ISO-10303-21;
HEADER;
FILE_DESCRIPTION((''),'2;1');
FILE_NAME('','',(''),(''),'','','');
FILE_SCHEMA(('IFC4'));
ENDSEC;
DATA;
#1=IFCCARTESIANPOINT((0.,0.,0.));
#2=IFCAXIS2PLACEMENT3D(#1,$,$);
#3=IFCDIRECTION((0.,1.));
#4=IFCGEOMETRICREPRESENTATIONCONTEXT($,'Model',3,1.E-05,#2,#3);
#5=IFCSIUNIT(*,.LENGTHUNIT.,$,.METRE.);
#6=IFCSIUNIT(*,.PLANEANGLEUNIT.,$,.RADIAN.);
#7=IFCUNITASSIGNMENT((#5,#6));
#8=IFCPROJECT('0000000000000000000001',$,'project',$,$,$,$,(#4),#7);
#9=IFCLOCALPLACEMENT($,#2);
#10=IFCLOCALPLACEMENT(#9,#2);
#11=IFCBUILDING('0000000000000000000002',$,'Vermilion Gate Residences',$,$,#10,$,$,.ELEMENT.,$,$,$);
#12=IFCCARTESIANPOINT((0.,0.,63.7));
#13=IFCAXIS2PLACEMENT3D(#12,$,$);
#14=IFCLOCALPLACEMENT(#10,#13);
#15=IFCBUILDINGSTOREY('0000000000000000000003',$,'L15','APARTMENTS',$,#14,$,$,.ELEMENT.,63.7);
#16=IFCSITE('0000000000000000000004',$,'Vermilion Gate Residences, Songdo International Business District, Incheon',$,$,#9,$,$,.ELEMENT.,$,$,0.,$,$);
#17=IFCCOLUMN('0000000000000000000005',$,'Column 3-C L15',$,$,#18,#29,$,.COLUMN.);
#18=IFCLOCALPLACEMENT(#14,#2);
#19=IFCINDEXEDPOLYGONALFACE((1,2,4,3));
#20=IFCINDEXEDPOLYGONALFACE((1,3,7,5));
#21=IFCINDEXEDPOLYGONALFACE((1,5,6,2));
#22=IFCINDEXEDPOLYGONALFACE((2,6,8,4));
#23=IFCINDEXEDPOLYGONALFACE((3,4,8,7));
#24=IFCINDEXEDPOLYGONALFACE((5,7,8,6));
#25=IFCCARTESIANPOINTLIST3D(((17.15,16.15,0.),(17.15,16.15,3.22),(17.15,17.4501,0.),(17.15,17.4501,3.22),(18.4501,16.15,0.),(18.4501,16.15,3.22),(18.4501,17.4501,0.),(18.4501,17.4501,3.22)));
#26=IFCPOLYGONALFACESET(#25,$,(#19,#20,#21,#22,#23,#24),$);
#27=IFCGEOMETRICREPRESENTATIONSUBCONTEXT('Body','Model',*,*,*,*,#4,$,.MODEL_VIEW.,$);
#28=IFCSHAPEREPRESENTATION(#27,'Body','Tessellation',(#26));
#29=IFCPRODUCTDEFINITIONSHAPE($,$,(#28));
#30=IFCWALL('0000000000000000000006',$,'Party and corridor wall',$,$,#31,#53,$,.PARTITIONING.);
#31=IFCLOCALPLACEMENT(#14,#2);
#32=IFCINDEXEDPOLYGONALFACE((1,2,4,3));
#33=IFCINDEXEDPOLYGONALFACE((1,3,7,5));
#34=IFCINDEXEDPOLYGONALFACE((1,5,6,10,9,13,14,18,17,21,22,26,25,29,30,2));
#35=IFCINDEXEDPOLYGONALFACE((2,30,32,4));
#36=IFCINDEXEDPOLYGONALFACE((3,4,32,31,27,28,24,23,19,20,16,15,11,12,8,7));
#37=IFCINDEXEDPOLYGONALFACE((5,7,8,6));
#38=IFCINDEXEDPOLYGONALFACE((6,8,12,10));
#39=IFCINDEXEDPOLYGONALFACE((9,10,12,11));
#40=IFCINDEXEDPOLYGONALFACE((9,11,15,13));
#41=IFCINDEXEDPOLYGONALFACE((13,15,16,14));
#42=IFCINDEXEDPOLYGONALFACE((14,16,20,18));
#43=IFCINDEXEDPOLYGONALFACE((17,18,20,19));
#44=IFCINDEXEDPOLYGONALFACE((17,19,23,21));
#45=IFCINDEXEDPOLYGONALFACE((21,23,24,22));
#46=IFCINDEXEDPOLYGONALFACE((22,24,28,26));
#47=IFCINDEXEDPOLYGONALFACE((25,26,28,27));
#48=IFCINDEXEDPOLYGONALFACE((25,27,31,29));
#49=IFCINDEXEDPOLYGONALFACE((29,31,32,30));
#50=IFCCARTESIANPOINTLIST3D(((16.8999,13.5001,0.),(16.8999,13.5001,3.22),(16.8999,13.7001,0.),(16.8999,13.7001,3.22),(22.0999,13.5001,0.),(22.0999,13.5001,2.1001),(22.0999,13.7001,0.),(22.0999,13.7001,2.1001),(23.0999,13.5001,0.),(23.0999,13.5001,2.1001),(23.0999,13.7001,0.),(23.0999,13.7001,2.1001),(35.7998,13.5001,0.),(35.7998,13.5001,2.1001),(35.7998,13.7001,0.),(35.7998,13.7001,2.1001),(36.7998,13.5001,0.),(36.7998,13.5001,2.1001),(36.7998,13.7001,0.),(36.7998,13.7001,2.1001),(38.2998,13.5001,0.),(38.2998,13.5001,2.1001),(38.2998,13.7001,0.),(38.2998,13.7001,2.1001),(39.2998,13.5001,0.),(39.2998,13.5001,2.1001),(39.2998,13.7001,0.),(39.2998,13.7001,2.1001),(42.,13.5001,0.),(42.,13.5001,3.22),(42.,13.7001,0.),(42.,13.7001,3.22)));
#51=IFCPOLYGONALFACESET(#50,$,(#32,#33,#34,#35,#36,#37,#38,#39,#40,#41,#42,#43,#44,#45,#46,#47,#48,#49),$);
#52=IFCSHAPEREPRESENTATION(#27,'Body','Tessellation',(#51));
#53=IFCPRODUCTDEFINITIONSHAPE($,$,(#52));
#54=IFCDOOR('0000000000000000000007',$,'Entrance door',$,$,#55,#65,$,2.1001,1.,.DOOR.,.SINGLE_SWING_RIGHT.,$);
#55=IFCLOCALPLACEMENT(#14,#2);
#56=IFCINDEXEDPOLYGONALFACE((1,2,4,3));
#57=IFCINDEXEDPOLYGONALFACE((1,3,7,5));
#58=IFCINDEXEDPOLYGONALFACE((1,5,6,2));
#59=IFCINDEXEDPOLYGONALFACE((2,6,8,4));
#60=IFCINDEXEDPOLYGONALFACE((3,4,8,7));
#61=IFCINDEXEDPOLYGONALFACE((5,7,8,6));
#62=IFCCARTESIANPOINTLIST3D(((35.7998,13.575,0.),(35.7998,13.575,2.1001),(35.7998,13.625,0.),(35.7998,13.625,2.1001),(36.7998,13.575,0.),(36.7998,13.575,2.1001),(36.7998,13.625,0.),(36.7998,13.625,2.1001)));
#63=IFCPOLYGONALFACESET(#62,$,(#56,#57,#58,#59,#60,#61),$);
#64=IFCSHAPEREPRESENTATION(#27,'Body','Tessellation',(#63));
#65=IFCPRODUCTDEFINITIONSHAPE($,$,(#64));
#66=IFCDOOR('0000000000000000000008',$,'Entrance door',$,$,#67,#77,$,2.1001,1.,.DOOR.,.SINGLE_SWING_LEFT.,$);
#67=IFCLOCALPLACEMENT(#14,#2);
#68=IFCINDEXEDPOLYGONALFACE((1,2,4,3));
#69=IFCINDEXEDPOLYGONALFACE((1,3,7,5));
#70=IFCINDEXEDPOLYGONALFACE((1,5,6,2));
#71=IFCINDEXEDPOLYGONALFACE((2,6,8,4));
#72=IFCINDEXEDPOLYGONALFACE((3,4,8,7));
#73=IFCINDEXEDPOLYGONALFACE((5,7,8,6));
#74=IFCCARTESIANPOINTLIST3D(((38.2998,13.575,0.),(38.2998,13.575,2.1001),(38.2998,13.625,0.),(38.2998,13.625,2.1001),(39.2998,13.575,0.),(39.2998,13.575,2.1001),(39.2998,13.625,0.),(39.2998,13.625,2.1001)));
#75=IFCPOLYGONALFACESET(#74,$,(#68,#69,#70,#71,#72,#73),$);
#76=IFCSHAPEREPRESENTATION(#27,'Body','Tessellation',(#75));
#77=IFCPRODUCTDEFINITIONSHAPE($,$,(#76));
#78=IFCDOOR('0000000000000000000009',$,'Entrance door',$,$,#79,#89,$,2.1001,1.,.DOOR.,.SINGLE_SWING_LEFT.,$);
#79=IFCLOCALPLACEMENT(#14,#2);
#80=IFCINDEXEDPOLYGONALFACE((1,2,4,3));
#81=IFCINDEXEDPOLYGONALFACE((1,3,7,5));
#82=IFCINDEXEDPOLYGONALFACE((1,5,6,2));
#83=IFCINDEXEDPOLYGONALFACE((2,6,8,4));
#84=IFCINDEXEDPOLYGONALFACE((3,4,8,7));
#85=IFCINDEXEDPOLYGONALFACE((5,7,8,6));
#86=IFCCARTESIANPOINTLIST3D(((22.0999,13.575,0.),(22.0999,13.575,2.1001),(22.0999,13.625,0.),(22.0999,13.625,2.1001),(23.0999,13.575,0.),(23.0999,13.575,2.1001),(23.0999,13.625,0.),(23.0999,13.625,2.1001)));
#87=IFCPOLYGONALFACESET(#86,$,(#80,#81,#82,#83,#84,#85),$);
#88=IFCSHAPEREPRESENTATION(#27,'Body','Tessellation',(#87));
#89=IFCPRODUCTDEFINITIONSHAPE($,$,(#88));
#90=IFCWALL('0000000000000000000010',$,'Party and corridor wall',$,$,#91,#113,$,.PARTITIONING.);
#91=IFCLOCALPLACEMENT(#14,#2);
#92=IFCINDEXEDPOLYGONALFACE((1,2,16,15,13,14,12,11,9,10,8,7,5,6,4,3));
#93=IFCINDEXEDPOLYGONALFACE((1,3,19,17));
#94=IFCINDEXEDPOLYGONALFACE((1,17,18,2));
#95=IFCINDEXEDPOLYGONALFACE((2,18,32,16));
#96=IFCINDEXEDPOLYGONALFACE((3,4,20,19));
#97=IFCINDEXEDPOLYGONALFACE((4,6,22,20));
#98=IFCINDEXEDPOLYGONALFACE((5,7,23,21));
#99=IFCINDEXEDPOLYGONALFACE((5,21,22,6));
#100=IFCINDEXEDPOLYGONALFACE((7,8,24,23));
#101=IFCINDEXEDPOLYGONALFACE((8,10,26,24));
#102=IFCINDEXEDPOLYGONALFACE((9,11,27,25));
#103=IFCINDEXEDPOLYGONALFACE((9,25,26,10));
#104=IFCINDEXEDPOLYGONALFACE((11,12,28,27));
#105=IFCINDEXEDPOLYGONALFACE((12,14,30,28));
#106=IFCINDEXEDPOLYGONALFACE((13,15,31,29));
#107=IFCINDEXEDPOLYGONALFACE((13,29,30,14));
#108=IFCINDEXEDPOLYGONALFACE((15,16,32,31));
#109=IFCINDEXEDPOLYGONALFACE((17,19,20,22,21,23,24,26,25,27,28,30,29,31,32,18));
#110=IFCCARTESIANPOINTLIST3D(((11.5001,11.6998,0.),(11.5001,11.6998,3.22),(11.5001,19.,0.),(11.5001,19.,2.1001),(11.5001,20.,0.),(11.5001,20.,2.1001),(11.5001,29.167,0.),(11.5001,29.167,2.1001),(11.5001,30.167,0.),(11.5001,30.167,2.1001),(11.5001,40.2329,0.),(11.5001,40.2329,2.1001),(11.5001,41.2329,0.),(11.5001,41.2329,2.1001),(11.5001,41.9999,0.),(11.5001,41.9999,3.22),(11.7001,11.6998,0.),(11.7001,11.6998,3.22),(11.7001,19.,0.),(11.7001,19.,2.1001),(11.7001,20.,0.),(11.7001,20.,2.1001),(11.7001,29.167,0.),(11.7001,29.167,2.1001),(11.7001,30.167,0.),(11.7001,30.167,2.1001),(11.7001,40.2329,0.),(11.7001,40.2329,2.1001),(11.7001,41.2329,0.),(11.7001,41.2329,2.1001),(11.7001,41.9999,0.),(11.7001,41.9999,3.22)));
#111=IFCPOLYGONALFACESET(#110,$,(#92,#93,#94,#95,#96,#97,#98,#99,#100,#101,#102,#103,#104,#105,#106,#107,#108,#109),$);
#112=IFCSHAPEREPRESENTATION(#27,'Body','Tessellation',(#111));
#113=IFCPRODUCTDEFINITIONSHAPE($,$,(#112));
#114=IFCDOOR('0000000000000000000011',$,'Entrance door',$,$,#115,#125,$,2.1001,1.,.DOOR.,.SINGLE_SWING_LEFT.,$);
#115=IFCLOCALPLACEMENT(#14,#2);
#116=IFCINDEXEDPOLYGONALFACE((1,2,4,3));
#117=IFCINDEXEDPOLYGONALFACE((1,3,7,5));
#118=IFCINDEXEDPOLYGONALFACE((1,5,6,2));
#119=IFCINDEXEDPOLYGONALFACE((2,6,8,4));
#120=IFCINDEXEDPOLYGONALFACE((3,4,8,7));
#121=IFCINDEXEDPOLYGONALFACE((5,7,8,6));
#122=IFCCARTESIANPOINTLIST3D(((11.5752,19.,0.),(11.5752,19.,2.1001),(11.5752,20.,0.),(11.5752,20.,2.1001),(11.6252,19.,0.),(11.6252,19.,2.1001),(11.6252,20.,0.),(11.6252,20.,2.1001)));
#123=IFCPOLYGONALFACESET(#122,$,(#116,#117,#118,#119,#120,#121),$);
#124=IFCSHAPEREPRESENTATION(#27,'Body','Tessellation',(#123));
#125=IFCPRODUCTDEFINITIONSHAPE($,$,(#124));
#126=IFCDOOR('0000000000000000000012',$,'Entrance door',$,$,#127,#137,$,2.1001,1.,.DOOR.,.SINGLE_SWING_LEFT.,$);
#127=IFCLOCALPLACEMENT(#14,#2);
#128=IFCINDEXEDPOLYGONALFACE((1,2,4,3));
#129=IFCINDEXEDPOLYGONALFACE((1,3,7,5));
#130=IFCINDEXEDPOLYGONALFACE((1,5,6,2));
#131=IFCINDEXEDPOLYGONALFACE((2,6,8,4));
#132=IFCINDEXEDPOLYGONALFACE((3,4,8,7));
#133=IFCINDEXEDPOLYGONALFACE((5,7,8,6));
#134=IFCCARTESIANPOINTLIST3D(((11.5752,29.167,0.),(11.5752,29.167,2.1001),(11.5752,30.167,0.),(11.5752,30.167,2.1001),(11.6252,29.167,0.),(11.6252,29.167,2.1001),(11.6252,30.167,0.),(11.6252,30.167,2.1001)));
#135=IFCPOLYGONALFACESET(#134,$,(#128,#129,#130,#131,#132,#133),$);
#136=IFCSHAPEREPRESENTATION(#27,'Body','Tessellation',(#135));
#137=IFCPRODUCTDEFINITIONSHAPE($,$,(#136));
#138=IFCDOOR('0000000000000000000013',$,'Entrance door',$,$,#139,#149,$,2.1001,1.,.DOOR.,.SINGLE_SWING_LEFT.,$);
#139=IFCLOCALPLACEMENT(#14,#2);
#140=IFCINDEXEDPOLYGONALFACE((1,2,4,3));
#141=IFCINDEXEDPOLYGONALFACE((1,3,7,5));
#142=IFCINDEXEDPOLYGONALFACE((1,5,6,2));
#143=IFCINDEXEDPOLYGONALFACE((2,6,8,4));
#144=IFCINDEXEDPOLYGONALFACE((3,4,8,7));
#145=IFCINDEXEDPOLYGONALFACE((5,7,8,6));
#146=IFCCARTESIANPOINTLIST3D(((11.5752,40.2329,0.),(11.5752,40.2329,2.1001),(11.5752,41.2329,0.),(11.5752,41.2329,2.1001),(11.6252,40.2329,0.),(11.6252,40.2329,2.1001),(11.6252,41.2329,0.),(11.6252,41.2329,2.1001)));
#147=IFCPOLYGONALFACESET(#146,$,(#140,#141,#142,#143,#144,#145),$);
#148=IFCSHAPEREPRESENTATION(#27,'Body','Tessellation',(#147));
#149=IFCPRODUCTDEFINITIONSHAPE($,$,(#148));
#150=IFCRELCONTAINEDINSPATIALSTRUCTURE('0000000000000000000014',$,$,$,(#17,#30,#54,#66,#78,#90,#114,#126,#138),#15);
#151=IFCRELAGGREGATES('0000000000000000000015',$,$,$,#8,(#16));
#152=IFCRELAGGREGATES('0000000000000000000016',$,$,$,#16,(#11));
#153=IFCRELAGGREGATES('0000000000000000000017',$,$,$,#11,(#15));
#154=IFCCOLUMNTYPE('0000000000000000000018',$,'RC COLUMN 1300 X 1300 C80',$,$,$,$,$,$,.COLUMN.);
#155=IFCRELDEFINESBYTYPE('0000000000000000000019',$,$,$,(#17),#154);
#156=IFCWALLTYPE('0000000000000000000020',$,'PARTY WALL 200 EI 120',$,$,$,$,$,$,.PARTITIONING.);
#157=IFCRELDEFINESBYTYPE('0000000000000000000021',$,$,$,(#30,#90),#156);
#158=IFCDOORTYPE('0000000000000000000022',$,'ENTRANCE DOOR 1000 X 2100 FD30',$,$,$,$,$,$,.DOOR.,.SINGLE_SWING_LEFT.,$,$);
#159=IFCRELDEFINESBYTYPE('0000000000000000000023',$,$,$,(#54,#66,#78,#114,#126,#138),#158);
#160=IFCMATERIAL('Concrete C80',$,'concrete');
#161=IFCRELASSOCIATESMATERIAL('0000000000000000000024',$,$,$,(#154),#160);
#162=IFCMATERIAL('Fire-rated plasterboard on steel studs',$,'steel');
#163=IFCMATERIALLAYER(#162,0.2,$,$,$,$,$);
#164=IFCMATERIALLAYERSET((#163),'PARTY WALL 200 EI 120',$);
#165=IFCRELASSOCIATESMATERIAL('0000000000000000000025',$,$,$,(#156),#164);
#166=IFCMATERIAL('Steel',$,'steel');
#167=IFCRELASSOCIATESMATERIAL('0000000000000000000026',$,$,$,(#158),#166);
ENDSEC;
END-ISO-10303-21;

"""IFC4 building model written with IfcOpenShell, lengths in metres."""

from ifc_helpers import new_model, si_unit, direction, frame, frame_2d, origin, origin_2d, place, context, subcontext, project, spatial, rectangle, extrude, material, layer, layer_set, material_profile, profile_set, type_object, element, fill, save


model = new_model("IFC4")

# Units and contexts
model_context = context("Model", 3, precision=1e-05, world=origin(), true_north=direction((0.0, 1.0)))
body_context = subcontext(model_context, "Body", "Model", "MODEL_VIEW")
ifc_project = project(units=[si_unit("LENGTHUNIT", "METRE"), si_unit("PLANEANGLEUNIT", "RADIAN")], contexts=[model_context])

# Site, building, storey
site_placement = place(None, origin())
site = spatial("IfcSite", under=ifc_project, at=site_placement, Name="Vermilion Gate Residences, Songdo International Business District, Incheon", CompositionType="ELEMENT", RefElevation=0.0)
building_placement = place(site_placement, origin())
building = spatial("IfcBuilding", under=site, at=building_placement, Name="Vermilion Gate Residences", CompositionType="ELEMENT")
storey_placement = place(building_placement, frame((0.0, 0.0, 63.7)))
storey = spatial("IfcBuildingStorey", under=building, at=storey_placement, Name="L15", Description="APARTMENTS", CompositionType="ELEMENT", Elevation=63.7)

# Column
ifc_material_1 = material(Name="Concrete C80", Category="concrete")
ifc_material_profile = material_profile(ifc_material_1, rectangle(XDim=1.3, YDim=1.3, at=origin_2d()), Name="RC-1300x1300")
ifc_profile_set = profile_set([ifc_material_profile], Name="Concrete C80")
column_type = type_object("IfcColumnType", Name="RC COLUMN 1300 X 1300 C80", PredefinedType="COLUMN", material=ifc_profile_set)
column_placement = place(storey_placement, frame((17.8, 16.8, 0.0), z_axis=(0.0, 0.0, 1.0), x_axis=(1.0, 0.0, 0.0)))
element("IfcColumn", 1, at=column_placement, inside=storey, type_object=column_type, Name="Column 3-C L15", PredefinedType="COLUMN", context=body_context, shape_type="SweptSolid", body=[
    extrude(rectangle(XDim=1.3, YDim=1.3, at=origin_2d()), origin(), (0.0, 0.0, 1.0), 3.22),
])

# Walls, openings, doors
ifc_material_2 = material(Name="Fire-rated plasterboard on steel studs", Category="steel")
ifc_layer_1 = layer(ifc_material_2, 0.2)
ifc_layer_set_1 = layer_set([ifc_layer_1], Name="PARTY WALL 200 EI 120")
wall_type_1 = type_object("IfcWallType", Name="PARTY WALL 200 EI 120", PredefinedType="PARTITIONING", material=ifc_layer_set_1)
wall_1_placement = place(storey_placement, frame((16.8999, 13.6001, 0.0), z_axis=(0.0, 0.0, 1.0), x_axis=(1.0, 0.0, 0.0)))
wall_1 = element("IfcWall", 2, at=wall_1_placement, inside=storey, type_object=wall_type_1, Name="Party and corridor wall", PredefinedType="PARTITIONING", context=body_context, shape_type="SweptSolid", body=[
    extrude(rectangle(XDim=25.1001, YDim=0.2, at=frame_2d((12.55, 0.0))), origin(), (0.0, 0.0, 1.0), 3.22),
])
opening_1_placement = place(wall_1_placement, frame((18.8999, 0.0, 0.0)))
opening_1 = element("IfcOpeningElement", 3, at=opening_1_placement, cuts=wall_1, PredefinedType="OPENING", context=body_context, shape_type="SweptSolid", body=[
    extrude(rectangle(XDim=1.0, YDim=2.1001, at=frame_2d((0.5, 1.05))), frame((0.0, 0.1099, 0.0), z_axis=(0.0, -1.0, 0.0), x_axis=(1.0, 0.0, 0.0)), (0.0, 0.0, 1.0), 0.22),
])
opening_2_placement = place(wall_1_placement, frame((21.3999, 0.0, 0.0)))
opening_2 = element("IfcOpeningElement", 4, at=opening_2_placement, cuts=wall_1, PredefinedType="OPENING", context=body_context, shape_type="SweptSolid", body=[
    extrude(rectangle(XDim=1.0, YDim=2.1001, at=frame_2d((0.5, 1.05))), frame((0.0, 0.1099, 0.0), z_axis=(0.0, -1.0, 0.0), x_axis=(1.0, 0.0, 0.0)), (0.0, 0.0, 1.0), 0.22),
])
opening_3_placement = place(wall_1_placement, frame((5.2, 0.0, 0.0)))
opening_3 = element("IfcOpeningElement", 5, at=opening_3_placement, cuts=wall_1, PredefinedType="OPENING", context=body_context, shape_type="SweptSolid", body=[
    extrude(rectangle(XDim=1.0, YDim=2.1001, at=frame_2d((0.5, 1.05))), frame((0.0, 0.1099, 0.0), z_axis=(0.0, -1.0, 0.0), x_axis=(1.0, 0.0, 0.0)), (0.0, 0.0, 1.0), 0.22),
])
ifc_material_3 = material(Name="Steel", Category="steel")
door_type_1 = type_object("IfcDoorType", Name="ENTRANCE DOOR 1000 X 2100 FD30", OperationType="SINGLE_SWING_LEFT", PredefinedType="DOOR", material=ifc_material_3)
door_1_placement = place(opening_1_placement, origin())
door_1 = element("IfcDoor", 6, at=door_1_placement, inside=storey, type_object=door_type_1, Name="Entrance door", OperationType="SINGLE_SWING_RIGHT", OverallHeight=2.1001, OverallWidth=1.0, PredefinedType="DOOR", context=body_context, shape_type="SweptSolid", body=[
    extrude(rectangle(XDim=1.0, YDim=2.1001, at=frame_2d((0.5, 1.05))), frame((0.0, 0.0249, 0.0), z_axis=(0.0, -1.0, 0.0), x_axis=(1.0, 0.0, 0.0)), (0.0, 0.0, 1.0), 0.05),
])
fill(opening_1, door_1)
door_2_placement = place(opening_2_placement, origin())
door_2 = element("IfcDoor", 7, at=door_2_placement, inside=storey, type_object=door_type_1, Name="Entrance door", OperationType="SINGLE_SWING_LEFT", OverallHeight=2.1001, OverallWidth=1.0, PredefinedType="DOOR", context=body_context, shape_type="SweptSolid", body=[
    extrude(rectangle(XDim=1.0, YDim=2.1001, at=frame_2d((0.5, 1.05))), frame((0.0, 0.0249, 0.0), z_axis=(0.0, -1.0, 0.0), x_axis=(1.0, 0.0, 0.0)), (0.0, 0.0, 1.0), 0.05),
])
fill(opening_2, door_2)
door_3_placement = place(opening_3_placement, origin())
door_3 = element("IfcDoor", 8, at=door_3_placement, inside=storey, type_object=door_type_1, Name="Entrance door", OperationType="SINGLE_SWING_LEFT", OverallHeight=2.1001, OverallWidth=1.0, PredefinedType="DOOR", context=body_context, shape_type="SweptSolid", body=[
    extrude(rectangle(XDim=1.0, YDim=2.1001, at=frame_2d((0.5, 1.05))), frame((0.0, 0.0249, 0.0), z_axis=(0.0, -1.0, 0.0), x_axis=(1.0, 0.0, 0.0)), (0.0, 0.0, 1.0), 0.05),
])
fill(opening_3, door_3)
wall_2_placement = place(storey_placement, frame((11.6001, 11.7, 0.0), z_axis=(0.0, 0.0, 1.0), x_axis=(0.0, 1.0, 0.0)))
wall_2 = element("IfcWall", 9, at=wall_2_placement, inside=storey, type_object=wall_type_1, Name="Party and corridor wall", PredefinedType="PARTITIONING", context=body_context, shape_type="SweptSolid", body=[
    extrude(rectangle(XDim=30.3, YDim=0.2, at=frame_2d((15.1499, 0.0))), origin(), (0.0, 0.0, 1.0), 3.22),
])
opening_4_placement = place(wall_2_placement, frame((7.3, 0.0, 0.0)))
opening_4 = element("IfcOpeningElement", 10, at=opening_4_placement, cuts=wall_2, PredefinedType="OPENING", context=body_context, shape_type="SweptSolid", body=[
    extrude(rectangle(XDim=1.0, YDim=2.1001, at=frame_2d((0.5, 1.05))), frame((0.0, 0.1099, 0.0), z_axis=(0.0, -1.0, 0.0), x_axis=(1.0, 0.0, 0.0)), (0.0, 0.0, 1.0), 0.22),
])
opening_5_placement = place(wall_2_placement, frame((17.467, 0.0, 0.0)))
opening_5 = element("IfcOpeningElement", 11, at=opening_5_placement, cuts=wall_2, PredefinedType="OPENING", context=body_context, shape_type="SweptSolid", body=[
    extrude(rectangle(XDim=1.0, YDim=2.1001, at=frame_2d((0.5, 1.05))), frame((0.0, 0.1099, 0.0), z_axis=(0.0, -1.0, 0.0), x_axis=(1.0, 0.0, 0.0)), (0.0, 0.0, 1.0), 0.22),
])
opening_6_placement = place(wall_2_placement, frame((28.533, 0.0, 0.0)))
opening_6 = element("IfcOpeningElement", 12, at=opening_6_placement, cuts=wall_2, PredefinedType="OPENING", context=body_context, shape_type="SweptSolid", body=[
    extrude(rectangle(XDim=1.0, YDim=2.1001, at=frame_2d((0.5, 1.05))), frame((0.0, 0.1099, 0.0), z_axis=(0.0, -1.0, 0.0), x_axis=(1.0, 0.0, 0.0)), (0.0, 0.0, 1.0), 0.22),
])
door_4_placement = place(opening_4_placement, origin())
door_4 = element("IfcDoor", 13, at=door_4_placement, inside=storey, type_object=door_type_1, Name="Entrance door", OperationType="SINGLE_SWING_LEFT", OverallHeight=2.1001, OverallWidth=1.0, PredefinedType="DOOR", context=body_context, shape_type="SweptSolid", body=[
    extrude(rectangle(XDim=1.0, YDim=2.1001, at=frame_2d((0.5, 1.05))), frame((0.0, 0.0249, 0.0), z_axis=(0.0, -1.0, 0.0), x_axis=(1.0, 0.0, 0.0)), (0.0, 0.0, 1.0), 0.05),
])
fill(opening_4, door_4)
door_5_placement = place(opening_5_placement, origin())
door_5 = element("IfcDoor", 14, at=door_5_placement, inside=storey, type_object=door_type_1, Name="Entrance door", OperationType="SINGLE_SWING_LEFT", OverallHeight=2.1001, OverallWidth=1.0, PredefinedType="DOOR", context=body_context, shape_type="SweptSolid", body=[
    extrude(rectangle(XDim=1.0, YDim=2.1001, at=frame_2d((0.5, 1.05))), frame((0.0, 0.0249, 0.0), z_axis=(0.0, -1.0, 0.0), x_axis=(1.0, 0.0, 0.0)), (0.0, 0.0, 1.0), 0.05),
])
fill(opening_5, door_5)
door_6_placement = place(opening_6_placement, origin())
door_6 = element("IfcDoor", 15, at=door_6_placement, inside=storey, type_object=door_type_1, Name="Entrance door", OperationType="SINGLE_SWING_LEFT", OverallHeight=2.1001, OverallWidth=1.0, PredefinedType="DOOR", context=body_context, shape_type="SweptSolid", body=[
    extrude(rectangle(XDim=1.0, YDim=2.1001, at=frame_2d((0.5, 1.05))), frame((0.0, 0.0249, 0.0), z_axis=(0.0, -1.0, 0.0), x_axis=(1.0, 0.0, 0.0)), (0.0, 0.0, 1.0), 0.05),
])
fill(opening_6, door_6)

save(model, "model.ifc")
